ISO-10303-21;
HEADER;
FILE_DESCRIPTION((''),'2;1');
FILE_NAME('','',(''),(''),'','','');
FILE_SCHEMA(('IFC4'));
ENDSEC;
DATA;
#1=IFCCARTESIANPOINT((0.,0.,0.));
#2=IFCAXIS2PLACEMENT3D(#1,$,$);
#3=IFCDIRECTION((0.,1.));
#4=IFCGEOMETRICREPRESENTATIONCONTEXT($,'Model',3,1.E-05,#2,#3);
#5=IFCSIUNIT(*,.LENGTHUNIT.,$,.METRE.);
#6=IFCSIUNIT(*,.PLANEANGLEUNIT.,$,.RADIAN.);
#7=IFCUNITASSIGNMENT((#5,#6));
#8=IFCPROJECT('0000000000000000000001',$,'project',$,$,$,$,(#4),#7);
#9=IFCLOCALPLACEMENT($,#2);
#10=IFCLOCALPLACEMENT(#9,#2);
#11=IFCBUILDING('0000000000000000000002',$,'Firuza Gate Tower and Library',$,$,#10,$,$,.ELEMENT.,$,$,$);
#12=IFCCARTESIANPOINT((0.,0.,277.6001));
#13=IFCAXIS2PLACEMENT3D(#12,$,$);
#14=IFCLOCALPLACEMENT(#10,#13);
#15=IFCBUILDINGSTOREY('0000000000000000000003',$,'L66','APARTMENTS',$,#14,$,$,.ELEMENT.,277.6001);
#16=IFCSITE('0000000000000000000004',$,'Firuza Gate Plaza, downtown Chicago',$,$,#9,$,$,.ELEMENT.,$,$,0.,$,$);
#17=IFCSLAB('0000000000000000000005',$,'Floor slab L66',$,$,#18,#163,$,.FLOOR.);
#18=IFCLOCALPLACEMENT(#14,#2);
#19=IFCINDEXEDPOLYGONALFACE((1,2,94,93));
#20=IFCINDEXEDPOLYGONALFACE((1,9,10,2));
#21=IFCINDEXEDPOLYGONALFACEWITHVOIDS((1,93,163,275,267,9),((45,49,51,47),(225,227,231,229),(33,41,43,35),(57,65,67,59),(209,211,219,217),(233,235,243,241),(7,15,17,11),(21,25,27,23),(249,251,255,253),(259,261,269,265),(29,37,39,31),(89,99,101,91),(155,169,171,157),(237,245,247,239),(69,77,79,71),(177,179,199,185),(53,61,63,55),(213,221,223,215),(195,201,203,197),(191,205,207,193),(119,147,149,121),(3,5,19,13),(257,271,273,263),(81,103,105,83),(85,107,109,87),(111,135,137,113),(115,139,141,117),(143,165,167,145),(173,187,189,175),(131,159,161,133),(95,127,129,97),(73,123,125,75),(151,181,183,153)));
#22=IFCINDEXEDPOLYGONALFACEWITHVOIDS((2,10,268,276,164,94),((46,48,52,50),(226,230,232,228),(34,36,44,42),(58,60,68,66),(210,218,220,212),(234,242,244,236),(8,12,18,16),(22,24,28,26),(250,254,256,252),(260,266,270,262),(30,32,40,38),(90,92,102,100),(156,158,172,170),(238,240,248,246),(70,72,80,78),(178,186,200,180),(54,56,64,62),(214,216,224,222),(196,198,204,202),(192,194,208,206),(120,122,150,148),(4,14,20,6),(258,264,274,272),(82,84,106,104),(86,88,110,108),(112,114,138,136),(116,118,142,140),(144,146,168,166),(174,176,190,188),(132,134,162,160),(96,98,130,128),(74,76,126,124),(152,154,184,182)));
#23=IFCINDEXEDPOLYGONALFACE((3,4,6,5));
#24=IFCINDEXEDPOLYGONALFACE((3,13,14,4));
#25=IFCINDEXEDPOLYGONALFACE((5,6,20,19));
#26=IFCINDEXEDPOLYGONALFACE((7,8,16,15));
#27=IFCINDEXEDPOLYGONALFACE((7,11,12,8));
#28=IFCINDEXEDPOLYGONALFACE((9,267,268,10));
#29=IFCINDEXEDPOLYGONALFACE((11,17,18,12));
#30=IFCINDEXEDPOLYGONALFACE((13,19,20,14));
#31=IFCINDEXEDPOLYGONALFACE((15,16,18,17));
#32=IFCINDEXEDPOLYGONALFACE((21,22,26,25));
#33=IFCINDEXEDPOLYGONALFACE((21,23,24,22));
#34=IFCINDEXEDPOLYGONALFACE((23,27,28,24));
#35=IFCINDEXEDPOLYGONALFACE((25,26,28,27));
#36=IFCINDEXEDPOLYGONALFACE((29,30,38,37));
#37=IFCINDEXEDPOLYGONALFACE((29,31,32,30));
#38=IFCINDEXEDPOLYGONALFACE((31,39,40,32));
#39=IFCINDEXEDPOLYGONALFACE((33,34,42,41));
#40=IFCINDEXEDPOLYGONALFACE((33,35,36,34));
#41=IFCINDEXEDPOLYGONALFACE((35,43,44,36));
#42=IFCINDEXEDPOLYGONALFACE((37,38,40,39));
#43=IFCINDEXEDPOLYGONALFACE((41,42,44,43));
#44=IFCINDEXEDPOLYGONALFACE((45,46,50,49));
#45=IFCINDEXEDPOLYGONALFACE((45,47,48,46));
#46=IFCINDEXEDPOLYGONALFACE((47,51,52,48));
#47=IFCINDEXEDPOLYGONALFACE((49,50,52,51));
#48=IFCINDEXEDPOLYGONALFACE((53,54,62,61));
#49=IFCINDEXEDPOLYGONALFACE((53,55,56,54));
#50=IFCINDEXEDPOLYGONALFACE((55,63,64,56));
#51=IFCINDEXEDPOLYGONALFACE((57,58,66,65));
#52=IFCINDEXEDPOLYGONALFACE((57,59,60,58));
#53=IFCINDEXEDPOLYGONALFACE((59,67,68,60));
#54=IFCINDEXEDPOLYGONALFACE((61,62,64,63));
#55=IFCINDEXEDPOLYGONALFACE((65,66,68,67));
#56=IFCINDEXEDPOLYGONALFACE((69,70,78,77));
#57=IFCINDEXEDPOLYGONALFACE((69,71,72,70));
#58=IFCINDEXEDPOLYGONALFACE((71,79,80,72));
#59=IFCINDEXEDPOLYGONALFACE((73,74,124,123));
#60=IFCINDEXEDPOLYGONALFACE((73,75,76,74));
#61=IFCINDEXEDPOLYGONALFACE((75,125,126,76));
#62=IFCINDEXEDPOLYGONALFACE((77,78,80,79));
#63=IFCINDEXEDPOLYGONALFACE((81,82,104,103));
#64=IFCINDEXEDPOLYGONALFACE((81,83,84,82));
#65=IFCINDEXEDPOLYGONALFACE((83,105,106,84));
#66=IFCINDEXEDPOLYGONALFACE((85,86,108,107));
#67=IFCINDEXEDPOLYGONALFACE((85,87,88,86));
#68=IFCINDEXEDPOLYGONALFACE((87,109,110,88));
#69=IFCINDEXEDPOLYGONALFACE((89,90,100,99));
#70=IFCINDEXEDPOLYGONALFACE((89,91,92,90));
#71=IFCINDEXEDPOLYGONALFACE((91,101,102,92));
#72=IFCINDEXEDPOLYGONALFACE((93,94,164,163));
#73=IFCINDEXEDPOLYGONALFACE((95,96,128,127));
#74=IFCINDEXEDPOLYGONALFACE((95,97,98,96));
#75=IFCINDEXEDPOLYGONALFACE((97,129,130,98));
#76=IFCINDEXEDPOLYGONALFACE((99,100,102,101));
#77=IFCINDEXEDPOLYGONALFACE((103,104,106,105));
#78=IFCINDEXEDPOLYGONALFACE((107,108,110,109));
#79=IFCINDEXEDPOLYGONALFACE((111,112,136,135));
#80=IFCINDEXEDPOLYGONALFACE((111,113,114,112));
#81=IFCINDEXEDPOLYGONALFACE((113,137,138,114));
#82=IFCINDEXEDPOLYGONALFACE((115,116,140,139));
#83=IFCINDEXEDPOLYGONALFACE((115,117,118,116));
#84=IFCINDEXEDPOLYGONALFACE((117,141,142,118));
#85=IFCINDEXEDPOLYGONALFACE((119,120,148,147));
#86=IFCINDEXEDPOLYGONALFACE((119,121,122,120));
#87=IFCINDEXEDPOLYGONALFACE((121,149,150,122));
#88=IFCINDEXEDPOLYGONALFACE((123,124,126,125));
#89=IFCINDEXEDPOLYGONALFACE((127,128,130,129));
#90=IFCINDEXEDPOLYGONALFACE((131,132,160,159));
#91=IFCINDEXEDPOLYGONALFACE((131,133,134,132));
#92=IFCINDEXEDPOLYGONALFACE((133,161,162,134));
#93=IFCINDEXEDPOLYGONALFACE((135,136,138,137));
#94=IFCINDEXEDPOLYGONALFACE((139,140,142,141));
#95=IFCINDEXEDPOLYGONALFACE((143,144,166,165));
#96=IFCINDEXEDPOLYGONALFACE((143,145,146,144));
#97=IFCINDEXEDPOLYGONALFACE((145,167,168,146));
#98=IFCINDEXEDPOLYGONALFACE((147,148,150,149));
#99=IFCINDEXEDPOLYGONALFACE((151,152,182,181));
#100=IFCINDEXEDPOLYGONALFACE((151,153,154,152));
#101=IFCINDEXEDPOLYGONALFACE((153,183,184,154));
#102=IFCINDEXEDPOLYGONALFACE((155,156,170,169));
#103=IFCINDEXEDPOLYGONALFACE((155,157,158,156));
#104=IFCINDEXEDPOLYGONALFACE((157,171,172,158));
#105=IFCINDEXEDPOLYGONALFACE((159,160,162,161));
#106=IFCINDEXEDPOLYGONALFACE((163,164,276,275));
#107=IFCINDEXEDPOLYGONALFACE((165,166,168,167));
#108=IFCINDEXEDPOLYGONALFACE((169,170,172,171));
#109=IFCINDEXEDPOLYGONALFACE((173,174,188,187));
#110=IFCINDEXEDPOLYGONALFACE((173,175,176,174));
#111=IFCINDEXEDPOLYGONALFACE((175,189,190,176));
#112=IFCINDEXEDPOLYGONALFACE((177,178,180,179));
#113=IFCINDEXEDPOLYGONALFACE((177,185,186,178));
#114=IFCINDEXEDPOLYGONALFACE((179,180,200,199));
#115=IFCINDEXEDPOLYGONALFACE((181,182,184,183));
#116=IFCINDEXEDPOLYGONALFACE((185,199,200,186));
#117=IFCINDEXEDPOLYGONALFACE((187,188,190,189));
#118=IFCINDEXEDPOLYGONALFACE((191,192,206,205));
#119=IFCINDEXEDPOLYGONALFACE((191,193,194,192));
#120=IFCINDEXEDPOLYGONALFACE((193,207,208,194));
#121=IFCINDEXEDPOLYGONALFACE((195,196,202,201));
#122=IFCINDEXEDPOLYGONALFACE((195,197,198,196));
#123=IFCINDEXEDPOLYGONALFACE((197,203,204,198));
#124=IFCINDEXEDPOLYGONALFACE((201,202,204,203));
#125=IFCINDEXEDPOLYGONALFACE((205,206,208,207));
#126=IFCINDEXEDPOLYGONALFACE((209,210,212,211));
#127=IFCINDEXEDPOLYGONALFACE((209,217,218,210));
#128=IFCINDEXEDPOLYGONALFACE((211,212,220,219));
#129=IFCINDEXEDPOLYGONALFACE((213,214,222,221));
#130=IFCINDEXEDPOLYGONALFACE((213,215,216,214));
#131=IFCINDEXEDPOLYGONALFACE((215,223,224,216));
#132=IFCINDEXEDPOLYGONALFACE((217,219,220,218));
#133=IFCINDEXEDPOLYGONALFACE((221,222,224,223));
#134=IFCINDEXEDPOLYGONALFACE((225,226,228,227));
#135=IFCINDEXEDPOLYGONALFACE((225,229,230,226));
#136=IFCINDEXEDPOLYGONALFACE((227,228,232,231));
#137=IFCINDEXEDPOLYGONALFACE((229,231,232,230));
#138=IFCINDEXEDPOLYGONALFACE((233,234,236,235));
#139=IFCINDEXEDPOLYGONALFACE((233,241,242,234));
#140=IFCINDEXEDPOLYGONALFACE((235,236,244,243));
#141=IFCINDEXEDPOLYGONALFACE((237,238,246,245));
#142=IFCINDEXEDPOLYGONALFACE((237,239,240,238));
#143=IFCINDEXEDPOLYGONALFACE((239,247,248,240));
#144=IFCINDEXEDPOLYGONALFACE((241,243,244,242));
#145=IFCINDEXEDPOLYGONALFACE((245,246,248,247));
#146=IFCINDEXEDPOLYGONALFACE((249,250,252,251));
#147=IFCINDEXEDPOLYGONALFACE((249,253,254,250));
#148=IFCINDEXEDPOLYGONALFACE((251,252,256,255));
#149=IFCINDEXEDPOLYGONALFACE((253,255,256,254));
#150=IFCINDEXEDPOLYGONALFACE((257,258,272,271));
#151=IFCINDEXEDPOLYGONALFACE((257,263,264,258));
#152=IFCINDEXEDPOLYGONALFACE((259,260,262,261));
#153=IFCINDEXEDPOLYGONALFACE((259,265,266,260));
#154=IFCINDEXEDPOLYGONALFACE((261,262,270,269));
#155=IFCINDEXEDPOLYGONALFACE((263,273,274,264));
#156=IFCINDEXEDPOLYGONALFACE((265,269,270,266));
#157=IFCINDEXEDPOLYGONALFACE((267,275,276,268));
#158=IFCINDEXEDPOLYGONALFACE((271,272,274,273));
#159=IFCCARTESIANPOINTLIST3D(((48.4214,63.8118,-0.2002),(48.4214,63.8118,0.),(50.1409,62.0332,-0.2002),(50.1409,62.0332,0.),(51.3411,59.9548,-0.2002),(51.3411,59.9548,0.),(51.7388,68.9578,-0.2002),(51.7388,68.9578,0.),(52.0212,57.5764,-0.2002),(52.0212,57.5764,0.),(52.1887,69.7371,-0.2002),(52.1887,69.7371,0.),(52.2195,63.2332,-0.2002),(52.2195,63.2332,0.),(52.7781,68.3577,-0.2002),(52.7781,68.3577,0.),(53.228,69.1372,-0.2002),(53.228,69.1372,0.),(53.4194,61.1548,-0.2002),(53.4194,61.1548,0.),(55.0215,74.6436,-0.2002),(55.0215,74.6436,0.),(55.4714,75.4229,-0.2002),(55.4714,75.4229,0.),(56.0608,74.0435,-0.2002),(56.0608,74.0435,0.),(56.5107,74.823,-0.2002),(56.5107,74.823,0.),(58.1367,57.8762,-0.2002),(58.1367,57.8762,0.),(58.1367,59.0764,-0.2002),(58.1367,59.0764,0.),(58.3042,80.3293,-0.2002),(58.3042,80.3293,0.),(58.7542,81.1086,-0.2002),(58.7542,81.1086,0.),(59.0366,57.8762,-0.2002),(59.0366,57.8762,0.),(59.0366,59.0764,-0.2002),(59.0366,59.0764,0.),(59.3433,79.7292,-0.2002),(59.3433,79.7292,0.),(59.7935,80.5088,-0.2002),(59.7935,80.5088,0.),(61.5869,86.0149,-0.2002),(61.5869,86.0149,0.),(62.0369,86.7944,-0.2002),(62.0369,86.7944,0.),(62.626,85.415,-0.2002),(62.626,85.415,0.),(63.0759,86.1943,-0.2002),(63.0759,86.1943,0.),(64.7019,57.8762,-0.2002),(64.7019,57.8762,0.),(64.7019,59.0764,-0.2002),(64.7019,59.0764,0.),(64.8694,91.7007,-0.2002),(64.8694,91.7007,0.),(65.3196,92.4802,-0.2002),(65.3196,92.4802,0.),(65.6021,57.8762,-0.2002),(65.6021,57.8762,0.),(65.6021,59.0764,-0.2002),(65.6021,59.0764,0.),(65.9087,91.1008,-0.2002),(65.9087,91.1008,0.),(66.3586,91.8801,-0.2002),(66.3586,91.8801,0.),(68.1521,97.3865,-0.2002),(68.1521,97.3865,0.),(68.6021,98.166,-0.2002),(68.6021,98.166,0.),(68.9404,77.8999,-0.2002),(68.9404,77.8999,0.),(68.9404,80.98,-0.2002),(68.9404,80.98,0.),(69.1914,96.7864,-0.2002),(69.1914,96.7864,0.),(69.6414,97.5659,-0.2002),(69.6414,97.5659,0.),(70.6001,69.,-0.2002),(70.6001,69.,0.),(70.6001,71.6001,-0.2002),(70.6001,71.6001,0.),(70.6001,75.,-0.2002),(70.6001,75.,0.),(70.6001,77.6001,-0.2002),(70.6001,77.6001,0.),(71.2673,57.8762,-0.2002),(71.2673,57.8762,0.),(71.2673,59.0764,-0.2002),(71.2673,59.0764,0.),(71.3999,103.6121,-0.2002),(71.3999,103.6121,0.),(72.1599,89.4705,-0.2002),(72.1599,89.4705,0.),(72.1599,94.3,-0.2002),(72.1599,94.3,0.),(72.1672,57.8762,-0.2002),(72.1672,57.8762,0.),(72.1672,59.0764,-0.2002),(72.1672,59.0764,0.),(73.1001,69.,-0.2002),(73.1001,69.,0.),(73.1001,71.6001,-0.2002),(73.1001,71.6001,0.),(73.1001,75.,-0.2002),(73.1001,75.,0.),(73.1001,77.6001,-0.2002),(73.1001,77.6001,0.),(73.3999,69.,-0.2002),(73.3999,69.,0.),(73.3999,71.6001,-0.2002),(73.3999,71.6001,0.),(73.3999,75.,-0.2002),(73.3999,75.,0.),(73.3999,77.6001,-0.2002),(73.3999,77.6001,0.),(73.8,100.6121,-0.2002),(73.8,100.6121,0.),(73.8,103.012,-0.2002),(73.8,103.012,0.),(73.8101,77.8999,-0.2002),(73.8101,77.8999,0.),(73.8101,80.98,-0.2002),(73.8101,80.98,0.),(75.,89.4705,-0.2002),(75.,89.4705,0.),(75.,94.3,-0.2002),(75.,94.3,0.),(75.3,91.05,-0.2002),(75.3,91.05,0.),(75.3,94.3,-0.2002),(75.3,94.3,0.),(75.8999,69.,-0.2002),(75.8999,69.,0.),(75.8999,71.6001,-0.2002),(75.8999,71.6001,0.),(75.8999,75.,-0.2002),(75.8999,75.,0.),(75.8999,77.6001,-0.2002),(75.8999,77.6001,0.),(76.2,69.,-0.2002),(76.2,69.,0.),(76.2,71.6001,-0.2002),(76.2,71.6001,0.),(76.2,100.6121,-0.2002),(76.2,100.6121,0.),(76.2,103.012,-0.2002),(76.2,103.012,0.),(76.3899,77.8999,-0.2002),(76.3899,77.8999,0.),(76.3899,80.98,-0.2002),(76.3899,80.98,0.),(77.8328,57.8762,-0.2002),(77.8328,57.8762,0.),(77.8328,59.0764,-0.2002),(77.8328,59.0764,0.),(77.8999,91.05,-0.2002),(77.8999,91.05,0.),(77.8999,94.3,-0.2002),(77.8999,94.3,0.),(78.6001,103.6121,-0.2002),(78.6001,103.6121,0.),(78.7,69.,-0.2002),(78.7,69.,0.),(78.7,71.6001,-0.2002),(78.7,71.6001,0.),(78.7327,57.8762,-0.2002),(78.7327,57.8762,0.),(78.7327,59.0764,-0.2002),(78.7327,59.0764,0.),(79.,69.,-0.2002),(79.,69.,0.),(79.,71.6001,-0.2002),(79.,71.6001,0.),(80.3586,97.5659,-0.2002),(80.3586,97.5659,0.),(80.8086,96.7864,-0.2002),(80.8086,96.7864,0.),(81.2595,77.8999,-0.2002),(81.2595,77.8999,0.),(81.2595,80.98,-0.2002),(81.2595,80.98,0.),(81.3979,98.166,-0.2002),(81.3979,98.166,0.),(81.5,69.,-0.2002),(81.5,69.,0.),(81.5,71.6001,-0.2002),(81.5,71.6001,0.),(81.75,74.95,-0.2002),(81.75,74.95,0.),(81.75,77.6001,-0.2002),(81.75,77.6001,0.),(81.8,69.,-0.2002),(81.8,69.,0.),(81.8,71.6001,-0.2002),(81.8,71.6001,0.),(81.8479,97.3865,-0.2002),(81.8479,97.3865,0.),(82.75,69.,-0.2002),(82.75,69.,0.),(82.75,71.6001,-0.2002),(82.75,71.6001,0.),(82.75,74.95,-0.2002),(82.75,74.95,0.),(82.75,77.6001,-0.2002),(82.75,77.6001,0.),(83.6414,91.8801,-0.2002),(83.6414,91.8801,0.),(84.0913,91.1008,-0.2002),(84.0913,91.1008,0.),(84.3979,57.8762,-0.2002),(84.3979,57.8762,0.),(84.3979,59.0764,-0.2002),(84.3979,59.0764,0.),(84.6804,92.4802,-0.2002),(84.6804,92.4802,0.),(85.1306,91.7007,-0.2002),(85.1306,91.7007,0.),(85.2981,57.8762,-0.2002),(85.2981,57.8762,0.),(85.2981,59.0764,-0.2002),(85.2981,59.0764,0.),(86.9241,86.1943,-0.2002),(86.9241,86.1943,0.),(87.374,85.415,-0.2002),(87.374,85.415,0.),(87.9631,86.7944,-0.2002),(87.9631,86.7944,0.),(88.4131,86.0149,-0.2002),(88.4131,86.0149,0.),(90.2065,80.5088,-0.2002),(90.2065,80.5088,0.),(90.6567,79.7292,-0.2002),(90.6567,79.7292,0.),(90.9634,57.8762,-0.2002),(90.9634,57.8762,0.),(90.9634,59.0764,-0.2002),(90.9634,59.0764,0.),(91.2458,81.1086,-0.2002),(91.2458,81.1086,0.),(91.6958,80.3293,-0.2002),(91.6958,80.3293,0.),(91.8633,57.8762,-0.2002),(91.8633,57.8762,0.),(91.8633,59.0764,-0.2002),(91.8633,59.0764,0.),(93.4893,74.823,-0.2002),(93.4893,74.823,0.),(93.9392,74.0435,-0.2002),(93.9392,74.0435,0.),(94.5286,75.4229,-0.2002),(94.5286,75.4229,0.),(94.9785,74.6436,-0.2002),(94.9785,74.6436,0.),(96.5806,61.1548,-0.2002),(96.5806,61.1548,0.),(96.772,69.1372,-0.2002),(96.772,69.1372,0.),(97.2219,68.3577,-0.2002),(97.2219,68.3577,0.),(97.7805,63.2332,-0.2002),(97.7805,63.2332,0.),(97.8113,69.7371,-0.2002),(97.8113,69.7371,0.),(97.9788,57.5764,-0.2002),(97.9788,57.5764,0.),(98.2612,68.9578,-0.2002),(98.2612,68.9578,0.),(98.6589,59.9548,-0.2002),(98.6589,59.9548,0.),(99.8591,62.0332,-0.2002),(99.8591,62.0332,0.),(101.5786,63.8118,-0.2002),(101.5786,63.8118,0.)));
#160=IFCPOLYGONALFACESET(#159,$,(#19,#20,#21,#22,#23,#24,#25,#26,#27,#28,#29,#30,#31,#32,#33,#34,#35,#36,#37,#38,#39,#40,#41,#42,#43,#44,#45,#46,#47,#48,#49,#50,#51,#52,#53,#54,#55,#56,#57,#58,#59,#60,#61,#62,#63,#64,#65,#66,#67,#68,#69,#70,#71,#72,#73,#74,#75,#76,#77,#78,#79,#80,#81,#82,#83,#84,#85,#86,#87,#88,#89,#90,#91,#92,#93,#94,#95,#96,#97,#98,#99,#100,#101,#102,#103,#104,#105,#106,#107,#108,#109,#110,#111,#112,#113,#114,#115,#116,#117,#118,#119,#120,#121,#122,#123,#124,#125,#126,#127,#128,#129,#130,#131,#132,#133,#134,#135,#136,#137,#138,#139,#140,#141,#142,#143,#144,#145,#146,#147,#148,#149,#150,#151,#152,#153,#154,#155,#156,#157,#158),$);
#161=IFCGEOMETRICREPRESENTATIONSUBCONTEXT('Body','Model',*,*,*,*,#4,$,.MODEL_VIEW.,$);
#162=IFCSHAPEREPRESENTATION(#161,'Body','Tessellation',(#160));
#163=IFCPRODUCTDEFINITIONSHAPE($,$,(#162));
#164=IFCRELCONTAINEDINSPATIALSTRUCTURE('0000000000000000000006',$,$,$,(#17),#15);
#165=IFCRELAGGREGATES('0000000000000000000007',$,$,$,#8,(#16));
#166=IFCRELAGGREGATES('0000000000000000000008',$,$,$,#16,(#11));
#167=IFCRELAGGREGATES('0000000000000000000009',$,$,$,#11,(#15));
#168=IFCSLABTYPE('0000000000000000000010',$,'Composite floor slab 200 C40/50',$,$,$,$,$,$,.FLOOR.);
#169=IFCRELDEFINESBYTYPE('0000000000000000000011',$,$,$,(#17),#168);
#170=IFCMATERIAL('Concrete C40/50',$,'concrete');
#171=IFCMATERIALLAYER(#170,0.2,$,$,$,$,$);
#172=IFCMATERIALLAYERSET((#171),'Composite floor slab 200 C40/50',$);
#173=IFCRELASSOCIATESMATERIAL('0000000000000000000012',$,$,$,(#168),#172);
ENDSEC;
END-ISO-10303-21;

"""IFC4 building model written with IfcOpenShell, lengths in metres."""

from ifc_helpers import new_model, si_unit, direction, frame, origin, place, context, subcontext, project, spatial, polyline, outline, extrude, material, layer, layer_set, type_object, element, save


model = new_model("IFC4")

# Units and contexts
model_context = context("Model", 3, precision=1e-05, world=origin(), true_north=direction((0.0, 1.0)))
body_context = subcontext(model_context, "Body", "Model", "MODEL_VIEW")
ifc_project = project(units=[si_unit("LENGTHUNIT", "METRE"), si_unit("PLANEANGLEUNIT", "RADIAN")], contexts=[model_context])

# Site, building, storey
site_placement = place(None, origin())
site = spatial("IfcSite", under=ifc_project, at=site_placement, Name="Firuza Gate Plaza, downtown Chicago", CompositionType="ELEMENT", RefElevation=0.0)
building_placement = place(site_placement, origin())
building = spatial("IfcBuilding", under=site, at=building_placement, Name="Firuza Gate Tower and Library", CompositionType="ELEMENT")
storey_placement = place(building_placement, frame((0.0, 0.0, 277.6001)))
storey = spatial("IfcBuildingStorey", under=building, at=storey_placement, Name="L66", Description="APARTMENTS", CompositionType="ELEMENT", Elevation=277.6001)

# Slab
ifc_material_1 = material(Name="Concrete C40/50", Category="concrete")
ifc_layer_1 = layer(ifc_material_1, 0.2)
ifc_layer_set_1 = layer_set([ifc_layer_1], Name="Composite floor slab 200 C40/50")
slab_type_1 = type_object("IfcSlabType", Name="Composite floor slab 200 C40/50", PredefinedType="FLOOR", material=ifc_layer_set_1)
slab_1_placement = place(storey_placement, frame((0.0, 0.0, -0.2002)))
element("IfcSlab", 1, at=slab_1_placement, inside=storey, type_object=slab_type_1, Name="Floor slab L66", PredefinedType="FLOOR", context=body_context, shape_type="SweptSolid", body=[
    extrude(outline(polyline([(48.4214, 63.8118), (52.0212, 57.5764), (97.9788, 57.5764), (101.5786, 63.8118), (78.6001, 103.6121), (71.3999, 103.6121), (48.4214, 63.8118)]), holes=[polyline([(58.1367, 57.8762), (58.1367, 59.0764), (59.0366, 59.0764), (59.0366, 57.8762), (58.1367, 57.8762)]), polyline([(64.7019, 57.8762), (64.7019, 59.0764), (65.6021, 59.0764), (65.6021, 57.8762), (64.7019, 57.8762)]), polyline([(71.2673, 57.8762), (71.2673, 59.0764), (72.1672, 59.0764), (72.1672, 57.8762), (71.2673, 57.8762)]), polyline([(50.1409, 62.0332), (52.2195, 63.2332), (53.4194, 61.1548), (51.3411, 59.9548), (50.1409, 62.0332)]), polyline([(52.1887, 69.7371), (53.228, 69.1372), (52.7781, 68.3577), (51.7388, 68.9578), (52.1887, 69.7371)]), polyline([(73.1001, 69.0), (70.6001, 69.0), (70.6001, 71.6001), (73.1001, 71.6001), (73.1001, 69.0)]), polyline([(75.8999, 69.0), (73.3999, 69.0), (73.3999, 71.6001), (75.8999, 71.6001), (75.8999, 69.0)]), polyline([(55.4714, 75.4229), (56.5107, 74.823), (56.0608, 74.0435), (55.0215, 74.6436), (55.4714, 75.4229)]), polyline([(73.1001, 75.0), (70.6001, 75.0), (70.6001, 77.6001), (73.1001, 77.6001), (73.1001, 75.0)]), polyline([(75.8999, 75.0), (73.3999, 75.0), (73.3999, 77.6001), (75.8999, 77.6001), (75.8999, 75.0)]), polyline([(68.9404, 77.8999), (68.9404, 80.98), (73.8101, 80.98), (73.8101, 77.8999), (68.9404, 77.8999)]), polyline([(58.7542, 81.1086), (59.7935, 80.5088), (59.3433, 79.7292), (58.3042, 80.3293), (58.7542, 81.1086)]), polyline([(62.0369, 86.7944), (63.0759, 86.1943), (62.626, 85.415), (61.5869, 86.0149), (62.0369, 86.7944)]), polyline([(65.3196, 92.4802), (66.3586, 91.8801), (65.9087, 91.1008), (64.8694, 91.7007), (65.3196, 92.4802)]), polyline([(72.1599, 89.4705), (72.1599, 94.3), (75.0, 94.3), (75.0, 89.4705), (72.1599, 89.4705)]), polyline([(68.6021, 98.166), (69.6414, 97.5659), (69.1914, 96.7864), (68.1521, 97.3865), (68.6021, 98.166)]), polyline([(76.2, 103.012), (76.2, 100.6121), (73.8, 100.6121), (73.8, 103.012), (76.2, 103.012)]), polyline([(77.8328, 57.8762), (77.8328, 59.0764), (78.7327, 59.0764), (78.7327, 57.8762), (77.8328, 57.8762)]), polyline([(84.3979, 57.8762), (84.3979, 59.0764), (85.2981, 59.0764), (85.2981, 57.8762), (84.3979, 57.8762)]), polyline([(90.9634, 57.8762), (90.9634, 59.0764), (91.8633, 59.0764), (91.8633, 57.8762), (90.9634, 57.8762)]), polyline([(98.6589, 59.9548), (96.5806, 61.1548), (97.7805, 63.2332), (99.8591, 62.0332), (98.6589, 59.9548)]), polyline([(98.2612, 68.9578), (97.2219, 68.3577), (96.772, 69.1372), (97.8113, 69.7371), (98.2612, 68.9578)]), polyline([(78.7, 69.0), (76.2, 69.0), (76.2, 71.6001), (78.7, 71.6001), (78.7, 69.0)]), polyline([(81.5, 69.0), (79.0, 69.0), (79.0, 71.6001), (81.5, 71.6001), (81.5, 69.0)]), polyline([(82.75, 69.0), (81.8, 69.0), (81.8, 71.6001), (82.75, 71.6001), (82.75, 69.0)]), polyline([(94.9785, 74.6436), (93.9392, 74.0435), (93.4893, 74.823), (94.5286, 75.4229), (94.9785, 74.6436)]), polyline([(82.75, 74.95), (81.75, 74.95), (81.75, 77.6001), (82.75, 77.6001), (82.75, 74.95)]), polyline([(81.2595, 80.98), (81.2595, 77.8999), (76.3899, 77.8999), (76.3899, 80.98), (81.2595, 80.98)]), polyline([(91.6958, 80.3293), (90.6567, 79.7292), (90.2065, 80.5088), (91.2458, 81.1086), (91.6958, 80.3293)]), polyline([(88.4131, 86.0149), (87.374, 85.415), (86.9241, 86.1943), (87.9631, 86.7944), (88.4131, 86.0149)]), polyline([(85.1306, 91.7007), (84.0913, 91.1008), (83.6414, 91.8801), (84.6804, 92.4802), (85.1306, 91.7007)]), polyline([(75.3, 91.05), (75.3, 94.3), (77.8999, 94.3), (77.8999, 91.05), (75.3, 91.05)]), polyline([(80.8086, 96.7864), (80.3586, 97.5659), (81.3979, 98.166), (81.8479, 97.3865), (80.8086, 96.7864)])]), origin(), (0.0, 0.0, 1.0), 0.2002),
])

save(model, "model.ifc")
